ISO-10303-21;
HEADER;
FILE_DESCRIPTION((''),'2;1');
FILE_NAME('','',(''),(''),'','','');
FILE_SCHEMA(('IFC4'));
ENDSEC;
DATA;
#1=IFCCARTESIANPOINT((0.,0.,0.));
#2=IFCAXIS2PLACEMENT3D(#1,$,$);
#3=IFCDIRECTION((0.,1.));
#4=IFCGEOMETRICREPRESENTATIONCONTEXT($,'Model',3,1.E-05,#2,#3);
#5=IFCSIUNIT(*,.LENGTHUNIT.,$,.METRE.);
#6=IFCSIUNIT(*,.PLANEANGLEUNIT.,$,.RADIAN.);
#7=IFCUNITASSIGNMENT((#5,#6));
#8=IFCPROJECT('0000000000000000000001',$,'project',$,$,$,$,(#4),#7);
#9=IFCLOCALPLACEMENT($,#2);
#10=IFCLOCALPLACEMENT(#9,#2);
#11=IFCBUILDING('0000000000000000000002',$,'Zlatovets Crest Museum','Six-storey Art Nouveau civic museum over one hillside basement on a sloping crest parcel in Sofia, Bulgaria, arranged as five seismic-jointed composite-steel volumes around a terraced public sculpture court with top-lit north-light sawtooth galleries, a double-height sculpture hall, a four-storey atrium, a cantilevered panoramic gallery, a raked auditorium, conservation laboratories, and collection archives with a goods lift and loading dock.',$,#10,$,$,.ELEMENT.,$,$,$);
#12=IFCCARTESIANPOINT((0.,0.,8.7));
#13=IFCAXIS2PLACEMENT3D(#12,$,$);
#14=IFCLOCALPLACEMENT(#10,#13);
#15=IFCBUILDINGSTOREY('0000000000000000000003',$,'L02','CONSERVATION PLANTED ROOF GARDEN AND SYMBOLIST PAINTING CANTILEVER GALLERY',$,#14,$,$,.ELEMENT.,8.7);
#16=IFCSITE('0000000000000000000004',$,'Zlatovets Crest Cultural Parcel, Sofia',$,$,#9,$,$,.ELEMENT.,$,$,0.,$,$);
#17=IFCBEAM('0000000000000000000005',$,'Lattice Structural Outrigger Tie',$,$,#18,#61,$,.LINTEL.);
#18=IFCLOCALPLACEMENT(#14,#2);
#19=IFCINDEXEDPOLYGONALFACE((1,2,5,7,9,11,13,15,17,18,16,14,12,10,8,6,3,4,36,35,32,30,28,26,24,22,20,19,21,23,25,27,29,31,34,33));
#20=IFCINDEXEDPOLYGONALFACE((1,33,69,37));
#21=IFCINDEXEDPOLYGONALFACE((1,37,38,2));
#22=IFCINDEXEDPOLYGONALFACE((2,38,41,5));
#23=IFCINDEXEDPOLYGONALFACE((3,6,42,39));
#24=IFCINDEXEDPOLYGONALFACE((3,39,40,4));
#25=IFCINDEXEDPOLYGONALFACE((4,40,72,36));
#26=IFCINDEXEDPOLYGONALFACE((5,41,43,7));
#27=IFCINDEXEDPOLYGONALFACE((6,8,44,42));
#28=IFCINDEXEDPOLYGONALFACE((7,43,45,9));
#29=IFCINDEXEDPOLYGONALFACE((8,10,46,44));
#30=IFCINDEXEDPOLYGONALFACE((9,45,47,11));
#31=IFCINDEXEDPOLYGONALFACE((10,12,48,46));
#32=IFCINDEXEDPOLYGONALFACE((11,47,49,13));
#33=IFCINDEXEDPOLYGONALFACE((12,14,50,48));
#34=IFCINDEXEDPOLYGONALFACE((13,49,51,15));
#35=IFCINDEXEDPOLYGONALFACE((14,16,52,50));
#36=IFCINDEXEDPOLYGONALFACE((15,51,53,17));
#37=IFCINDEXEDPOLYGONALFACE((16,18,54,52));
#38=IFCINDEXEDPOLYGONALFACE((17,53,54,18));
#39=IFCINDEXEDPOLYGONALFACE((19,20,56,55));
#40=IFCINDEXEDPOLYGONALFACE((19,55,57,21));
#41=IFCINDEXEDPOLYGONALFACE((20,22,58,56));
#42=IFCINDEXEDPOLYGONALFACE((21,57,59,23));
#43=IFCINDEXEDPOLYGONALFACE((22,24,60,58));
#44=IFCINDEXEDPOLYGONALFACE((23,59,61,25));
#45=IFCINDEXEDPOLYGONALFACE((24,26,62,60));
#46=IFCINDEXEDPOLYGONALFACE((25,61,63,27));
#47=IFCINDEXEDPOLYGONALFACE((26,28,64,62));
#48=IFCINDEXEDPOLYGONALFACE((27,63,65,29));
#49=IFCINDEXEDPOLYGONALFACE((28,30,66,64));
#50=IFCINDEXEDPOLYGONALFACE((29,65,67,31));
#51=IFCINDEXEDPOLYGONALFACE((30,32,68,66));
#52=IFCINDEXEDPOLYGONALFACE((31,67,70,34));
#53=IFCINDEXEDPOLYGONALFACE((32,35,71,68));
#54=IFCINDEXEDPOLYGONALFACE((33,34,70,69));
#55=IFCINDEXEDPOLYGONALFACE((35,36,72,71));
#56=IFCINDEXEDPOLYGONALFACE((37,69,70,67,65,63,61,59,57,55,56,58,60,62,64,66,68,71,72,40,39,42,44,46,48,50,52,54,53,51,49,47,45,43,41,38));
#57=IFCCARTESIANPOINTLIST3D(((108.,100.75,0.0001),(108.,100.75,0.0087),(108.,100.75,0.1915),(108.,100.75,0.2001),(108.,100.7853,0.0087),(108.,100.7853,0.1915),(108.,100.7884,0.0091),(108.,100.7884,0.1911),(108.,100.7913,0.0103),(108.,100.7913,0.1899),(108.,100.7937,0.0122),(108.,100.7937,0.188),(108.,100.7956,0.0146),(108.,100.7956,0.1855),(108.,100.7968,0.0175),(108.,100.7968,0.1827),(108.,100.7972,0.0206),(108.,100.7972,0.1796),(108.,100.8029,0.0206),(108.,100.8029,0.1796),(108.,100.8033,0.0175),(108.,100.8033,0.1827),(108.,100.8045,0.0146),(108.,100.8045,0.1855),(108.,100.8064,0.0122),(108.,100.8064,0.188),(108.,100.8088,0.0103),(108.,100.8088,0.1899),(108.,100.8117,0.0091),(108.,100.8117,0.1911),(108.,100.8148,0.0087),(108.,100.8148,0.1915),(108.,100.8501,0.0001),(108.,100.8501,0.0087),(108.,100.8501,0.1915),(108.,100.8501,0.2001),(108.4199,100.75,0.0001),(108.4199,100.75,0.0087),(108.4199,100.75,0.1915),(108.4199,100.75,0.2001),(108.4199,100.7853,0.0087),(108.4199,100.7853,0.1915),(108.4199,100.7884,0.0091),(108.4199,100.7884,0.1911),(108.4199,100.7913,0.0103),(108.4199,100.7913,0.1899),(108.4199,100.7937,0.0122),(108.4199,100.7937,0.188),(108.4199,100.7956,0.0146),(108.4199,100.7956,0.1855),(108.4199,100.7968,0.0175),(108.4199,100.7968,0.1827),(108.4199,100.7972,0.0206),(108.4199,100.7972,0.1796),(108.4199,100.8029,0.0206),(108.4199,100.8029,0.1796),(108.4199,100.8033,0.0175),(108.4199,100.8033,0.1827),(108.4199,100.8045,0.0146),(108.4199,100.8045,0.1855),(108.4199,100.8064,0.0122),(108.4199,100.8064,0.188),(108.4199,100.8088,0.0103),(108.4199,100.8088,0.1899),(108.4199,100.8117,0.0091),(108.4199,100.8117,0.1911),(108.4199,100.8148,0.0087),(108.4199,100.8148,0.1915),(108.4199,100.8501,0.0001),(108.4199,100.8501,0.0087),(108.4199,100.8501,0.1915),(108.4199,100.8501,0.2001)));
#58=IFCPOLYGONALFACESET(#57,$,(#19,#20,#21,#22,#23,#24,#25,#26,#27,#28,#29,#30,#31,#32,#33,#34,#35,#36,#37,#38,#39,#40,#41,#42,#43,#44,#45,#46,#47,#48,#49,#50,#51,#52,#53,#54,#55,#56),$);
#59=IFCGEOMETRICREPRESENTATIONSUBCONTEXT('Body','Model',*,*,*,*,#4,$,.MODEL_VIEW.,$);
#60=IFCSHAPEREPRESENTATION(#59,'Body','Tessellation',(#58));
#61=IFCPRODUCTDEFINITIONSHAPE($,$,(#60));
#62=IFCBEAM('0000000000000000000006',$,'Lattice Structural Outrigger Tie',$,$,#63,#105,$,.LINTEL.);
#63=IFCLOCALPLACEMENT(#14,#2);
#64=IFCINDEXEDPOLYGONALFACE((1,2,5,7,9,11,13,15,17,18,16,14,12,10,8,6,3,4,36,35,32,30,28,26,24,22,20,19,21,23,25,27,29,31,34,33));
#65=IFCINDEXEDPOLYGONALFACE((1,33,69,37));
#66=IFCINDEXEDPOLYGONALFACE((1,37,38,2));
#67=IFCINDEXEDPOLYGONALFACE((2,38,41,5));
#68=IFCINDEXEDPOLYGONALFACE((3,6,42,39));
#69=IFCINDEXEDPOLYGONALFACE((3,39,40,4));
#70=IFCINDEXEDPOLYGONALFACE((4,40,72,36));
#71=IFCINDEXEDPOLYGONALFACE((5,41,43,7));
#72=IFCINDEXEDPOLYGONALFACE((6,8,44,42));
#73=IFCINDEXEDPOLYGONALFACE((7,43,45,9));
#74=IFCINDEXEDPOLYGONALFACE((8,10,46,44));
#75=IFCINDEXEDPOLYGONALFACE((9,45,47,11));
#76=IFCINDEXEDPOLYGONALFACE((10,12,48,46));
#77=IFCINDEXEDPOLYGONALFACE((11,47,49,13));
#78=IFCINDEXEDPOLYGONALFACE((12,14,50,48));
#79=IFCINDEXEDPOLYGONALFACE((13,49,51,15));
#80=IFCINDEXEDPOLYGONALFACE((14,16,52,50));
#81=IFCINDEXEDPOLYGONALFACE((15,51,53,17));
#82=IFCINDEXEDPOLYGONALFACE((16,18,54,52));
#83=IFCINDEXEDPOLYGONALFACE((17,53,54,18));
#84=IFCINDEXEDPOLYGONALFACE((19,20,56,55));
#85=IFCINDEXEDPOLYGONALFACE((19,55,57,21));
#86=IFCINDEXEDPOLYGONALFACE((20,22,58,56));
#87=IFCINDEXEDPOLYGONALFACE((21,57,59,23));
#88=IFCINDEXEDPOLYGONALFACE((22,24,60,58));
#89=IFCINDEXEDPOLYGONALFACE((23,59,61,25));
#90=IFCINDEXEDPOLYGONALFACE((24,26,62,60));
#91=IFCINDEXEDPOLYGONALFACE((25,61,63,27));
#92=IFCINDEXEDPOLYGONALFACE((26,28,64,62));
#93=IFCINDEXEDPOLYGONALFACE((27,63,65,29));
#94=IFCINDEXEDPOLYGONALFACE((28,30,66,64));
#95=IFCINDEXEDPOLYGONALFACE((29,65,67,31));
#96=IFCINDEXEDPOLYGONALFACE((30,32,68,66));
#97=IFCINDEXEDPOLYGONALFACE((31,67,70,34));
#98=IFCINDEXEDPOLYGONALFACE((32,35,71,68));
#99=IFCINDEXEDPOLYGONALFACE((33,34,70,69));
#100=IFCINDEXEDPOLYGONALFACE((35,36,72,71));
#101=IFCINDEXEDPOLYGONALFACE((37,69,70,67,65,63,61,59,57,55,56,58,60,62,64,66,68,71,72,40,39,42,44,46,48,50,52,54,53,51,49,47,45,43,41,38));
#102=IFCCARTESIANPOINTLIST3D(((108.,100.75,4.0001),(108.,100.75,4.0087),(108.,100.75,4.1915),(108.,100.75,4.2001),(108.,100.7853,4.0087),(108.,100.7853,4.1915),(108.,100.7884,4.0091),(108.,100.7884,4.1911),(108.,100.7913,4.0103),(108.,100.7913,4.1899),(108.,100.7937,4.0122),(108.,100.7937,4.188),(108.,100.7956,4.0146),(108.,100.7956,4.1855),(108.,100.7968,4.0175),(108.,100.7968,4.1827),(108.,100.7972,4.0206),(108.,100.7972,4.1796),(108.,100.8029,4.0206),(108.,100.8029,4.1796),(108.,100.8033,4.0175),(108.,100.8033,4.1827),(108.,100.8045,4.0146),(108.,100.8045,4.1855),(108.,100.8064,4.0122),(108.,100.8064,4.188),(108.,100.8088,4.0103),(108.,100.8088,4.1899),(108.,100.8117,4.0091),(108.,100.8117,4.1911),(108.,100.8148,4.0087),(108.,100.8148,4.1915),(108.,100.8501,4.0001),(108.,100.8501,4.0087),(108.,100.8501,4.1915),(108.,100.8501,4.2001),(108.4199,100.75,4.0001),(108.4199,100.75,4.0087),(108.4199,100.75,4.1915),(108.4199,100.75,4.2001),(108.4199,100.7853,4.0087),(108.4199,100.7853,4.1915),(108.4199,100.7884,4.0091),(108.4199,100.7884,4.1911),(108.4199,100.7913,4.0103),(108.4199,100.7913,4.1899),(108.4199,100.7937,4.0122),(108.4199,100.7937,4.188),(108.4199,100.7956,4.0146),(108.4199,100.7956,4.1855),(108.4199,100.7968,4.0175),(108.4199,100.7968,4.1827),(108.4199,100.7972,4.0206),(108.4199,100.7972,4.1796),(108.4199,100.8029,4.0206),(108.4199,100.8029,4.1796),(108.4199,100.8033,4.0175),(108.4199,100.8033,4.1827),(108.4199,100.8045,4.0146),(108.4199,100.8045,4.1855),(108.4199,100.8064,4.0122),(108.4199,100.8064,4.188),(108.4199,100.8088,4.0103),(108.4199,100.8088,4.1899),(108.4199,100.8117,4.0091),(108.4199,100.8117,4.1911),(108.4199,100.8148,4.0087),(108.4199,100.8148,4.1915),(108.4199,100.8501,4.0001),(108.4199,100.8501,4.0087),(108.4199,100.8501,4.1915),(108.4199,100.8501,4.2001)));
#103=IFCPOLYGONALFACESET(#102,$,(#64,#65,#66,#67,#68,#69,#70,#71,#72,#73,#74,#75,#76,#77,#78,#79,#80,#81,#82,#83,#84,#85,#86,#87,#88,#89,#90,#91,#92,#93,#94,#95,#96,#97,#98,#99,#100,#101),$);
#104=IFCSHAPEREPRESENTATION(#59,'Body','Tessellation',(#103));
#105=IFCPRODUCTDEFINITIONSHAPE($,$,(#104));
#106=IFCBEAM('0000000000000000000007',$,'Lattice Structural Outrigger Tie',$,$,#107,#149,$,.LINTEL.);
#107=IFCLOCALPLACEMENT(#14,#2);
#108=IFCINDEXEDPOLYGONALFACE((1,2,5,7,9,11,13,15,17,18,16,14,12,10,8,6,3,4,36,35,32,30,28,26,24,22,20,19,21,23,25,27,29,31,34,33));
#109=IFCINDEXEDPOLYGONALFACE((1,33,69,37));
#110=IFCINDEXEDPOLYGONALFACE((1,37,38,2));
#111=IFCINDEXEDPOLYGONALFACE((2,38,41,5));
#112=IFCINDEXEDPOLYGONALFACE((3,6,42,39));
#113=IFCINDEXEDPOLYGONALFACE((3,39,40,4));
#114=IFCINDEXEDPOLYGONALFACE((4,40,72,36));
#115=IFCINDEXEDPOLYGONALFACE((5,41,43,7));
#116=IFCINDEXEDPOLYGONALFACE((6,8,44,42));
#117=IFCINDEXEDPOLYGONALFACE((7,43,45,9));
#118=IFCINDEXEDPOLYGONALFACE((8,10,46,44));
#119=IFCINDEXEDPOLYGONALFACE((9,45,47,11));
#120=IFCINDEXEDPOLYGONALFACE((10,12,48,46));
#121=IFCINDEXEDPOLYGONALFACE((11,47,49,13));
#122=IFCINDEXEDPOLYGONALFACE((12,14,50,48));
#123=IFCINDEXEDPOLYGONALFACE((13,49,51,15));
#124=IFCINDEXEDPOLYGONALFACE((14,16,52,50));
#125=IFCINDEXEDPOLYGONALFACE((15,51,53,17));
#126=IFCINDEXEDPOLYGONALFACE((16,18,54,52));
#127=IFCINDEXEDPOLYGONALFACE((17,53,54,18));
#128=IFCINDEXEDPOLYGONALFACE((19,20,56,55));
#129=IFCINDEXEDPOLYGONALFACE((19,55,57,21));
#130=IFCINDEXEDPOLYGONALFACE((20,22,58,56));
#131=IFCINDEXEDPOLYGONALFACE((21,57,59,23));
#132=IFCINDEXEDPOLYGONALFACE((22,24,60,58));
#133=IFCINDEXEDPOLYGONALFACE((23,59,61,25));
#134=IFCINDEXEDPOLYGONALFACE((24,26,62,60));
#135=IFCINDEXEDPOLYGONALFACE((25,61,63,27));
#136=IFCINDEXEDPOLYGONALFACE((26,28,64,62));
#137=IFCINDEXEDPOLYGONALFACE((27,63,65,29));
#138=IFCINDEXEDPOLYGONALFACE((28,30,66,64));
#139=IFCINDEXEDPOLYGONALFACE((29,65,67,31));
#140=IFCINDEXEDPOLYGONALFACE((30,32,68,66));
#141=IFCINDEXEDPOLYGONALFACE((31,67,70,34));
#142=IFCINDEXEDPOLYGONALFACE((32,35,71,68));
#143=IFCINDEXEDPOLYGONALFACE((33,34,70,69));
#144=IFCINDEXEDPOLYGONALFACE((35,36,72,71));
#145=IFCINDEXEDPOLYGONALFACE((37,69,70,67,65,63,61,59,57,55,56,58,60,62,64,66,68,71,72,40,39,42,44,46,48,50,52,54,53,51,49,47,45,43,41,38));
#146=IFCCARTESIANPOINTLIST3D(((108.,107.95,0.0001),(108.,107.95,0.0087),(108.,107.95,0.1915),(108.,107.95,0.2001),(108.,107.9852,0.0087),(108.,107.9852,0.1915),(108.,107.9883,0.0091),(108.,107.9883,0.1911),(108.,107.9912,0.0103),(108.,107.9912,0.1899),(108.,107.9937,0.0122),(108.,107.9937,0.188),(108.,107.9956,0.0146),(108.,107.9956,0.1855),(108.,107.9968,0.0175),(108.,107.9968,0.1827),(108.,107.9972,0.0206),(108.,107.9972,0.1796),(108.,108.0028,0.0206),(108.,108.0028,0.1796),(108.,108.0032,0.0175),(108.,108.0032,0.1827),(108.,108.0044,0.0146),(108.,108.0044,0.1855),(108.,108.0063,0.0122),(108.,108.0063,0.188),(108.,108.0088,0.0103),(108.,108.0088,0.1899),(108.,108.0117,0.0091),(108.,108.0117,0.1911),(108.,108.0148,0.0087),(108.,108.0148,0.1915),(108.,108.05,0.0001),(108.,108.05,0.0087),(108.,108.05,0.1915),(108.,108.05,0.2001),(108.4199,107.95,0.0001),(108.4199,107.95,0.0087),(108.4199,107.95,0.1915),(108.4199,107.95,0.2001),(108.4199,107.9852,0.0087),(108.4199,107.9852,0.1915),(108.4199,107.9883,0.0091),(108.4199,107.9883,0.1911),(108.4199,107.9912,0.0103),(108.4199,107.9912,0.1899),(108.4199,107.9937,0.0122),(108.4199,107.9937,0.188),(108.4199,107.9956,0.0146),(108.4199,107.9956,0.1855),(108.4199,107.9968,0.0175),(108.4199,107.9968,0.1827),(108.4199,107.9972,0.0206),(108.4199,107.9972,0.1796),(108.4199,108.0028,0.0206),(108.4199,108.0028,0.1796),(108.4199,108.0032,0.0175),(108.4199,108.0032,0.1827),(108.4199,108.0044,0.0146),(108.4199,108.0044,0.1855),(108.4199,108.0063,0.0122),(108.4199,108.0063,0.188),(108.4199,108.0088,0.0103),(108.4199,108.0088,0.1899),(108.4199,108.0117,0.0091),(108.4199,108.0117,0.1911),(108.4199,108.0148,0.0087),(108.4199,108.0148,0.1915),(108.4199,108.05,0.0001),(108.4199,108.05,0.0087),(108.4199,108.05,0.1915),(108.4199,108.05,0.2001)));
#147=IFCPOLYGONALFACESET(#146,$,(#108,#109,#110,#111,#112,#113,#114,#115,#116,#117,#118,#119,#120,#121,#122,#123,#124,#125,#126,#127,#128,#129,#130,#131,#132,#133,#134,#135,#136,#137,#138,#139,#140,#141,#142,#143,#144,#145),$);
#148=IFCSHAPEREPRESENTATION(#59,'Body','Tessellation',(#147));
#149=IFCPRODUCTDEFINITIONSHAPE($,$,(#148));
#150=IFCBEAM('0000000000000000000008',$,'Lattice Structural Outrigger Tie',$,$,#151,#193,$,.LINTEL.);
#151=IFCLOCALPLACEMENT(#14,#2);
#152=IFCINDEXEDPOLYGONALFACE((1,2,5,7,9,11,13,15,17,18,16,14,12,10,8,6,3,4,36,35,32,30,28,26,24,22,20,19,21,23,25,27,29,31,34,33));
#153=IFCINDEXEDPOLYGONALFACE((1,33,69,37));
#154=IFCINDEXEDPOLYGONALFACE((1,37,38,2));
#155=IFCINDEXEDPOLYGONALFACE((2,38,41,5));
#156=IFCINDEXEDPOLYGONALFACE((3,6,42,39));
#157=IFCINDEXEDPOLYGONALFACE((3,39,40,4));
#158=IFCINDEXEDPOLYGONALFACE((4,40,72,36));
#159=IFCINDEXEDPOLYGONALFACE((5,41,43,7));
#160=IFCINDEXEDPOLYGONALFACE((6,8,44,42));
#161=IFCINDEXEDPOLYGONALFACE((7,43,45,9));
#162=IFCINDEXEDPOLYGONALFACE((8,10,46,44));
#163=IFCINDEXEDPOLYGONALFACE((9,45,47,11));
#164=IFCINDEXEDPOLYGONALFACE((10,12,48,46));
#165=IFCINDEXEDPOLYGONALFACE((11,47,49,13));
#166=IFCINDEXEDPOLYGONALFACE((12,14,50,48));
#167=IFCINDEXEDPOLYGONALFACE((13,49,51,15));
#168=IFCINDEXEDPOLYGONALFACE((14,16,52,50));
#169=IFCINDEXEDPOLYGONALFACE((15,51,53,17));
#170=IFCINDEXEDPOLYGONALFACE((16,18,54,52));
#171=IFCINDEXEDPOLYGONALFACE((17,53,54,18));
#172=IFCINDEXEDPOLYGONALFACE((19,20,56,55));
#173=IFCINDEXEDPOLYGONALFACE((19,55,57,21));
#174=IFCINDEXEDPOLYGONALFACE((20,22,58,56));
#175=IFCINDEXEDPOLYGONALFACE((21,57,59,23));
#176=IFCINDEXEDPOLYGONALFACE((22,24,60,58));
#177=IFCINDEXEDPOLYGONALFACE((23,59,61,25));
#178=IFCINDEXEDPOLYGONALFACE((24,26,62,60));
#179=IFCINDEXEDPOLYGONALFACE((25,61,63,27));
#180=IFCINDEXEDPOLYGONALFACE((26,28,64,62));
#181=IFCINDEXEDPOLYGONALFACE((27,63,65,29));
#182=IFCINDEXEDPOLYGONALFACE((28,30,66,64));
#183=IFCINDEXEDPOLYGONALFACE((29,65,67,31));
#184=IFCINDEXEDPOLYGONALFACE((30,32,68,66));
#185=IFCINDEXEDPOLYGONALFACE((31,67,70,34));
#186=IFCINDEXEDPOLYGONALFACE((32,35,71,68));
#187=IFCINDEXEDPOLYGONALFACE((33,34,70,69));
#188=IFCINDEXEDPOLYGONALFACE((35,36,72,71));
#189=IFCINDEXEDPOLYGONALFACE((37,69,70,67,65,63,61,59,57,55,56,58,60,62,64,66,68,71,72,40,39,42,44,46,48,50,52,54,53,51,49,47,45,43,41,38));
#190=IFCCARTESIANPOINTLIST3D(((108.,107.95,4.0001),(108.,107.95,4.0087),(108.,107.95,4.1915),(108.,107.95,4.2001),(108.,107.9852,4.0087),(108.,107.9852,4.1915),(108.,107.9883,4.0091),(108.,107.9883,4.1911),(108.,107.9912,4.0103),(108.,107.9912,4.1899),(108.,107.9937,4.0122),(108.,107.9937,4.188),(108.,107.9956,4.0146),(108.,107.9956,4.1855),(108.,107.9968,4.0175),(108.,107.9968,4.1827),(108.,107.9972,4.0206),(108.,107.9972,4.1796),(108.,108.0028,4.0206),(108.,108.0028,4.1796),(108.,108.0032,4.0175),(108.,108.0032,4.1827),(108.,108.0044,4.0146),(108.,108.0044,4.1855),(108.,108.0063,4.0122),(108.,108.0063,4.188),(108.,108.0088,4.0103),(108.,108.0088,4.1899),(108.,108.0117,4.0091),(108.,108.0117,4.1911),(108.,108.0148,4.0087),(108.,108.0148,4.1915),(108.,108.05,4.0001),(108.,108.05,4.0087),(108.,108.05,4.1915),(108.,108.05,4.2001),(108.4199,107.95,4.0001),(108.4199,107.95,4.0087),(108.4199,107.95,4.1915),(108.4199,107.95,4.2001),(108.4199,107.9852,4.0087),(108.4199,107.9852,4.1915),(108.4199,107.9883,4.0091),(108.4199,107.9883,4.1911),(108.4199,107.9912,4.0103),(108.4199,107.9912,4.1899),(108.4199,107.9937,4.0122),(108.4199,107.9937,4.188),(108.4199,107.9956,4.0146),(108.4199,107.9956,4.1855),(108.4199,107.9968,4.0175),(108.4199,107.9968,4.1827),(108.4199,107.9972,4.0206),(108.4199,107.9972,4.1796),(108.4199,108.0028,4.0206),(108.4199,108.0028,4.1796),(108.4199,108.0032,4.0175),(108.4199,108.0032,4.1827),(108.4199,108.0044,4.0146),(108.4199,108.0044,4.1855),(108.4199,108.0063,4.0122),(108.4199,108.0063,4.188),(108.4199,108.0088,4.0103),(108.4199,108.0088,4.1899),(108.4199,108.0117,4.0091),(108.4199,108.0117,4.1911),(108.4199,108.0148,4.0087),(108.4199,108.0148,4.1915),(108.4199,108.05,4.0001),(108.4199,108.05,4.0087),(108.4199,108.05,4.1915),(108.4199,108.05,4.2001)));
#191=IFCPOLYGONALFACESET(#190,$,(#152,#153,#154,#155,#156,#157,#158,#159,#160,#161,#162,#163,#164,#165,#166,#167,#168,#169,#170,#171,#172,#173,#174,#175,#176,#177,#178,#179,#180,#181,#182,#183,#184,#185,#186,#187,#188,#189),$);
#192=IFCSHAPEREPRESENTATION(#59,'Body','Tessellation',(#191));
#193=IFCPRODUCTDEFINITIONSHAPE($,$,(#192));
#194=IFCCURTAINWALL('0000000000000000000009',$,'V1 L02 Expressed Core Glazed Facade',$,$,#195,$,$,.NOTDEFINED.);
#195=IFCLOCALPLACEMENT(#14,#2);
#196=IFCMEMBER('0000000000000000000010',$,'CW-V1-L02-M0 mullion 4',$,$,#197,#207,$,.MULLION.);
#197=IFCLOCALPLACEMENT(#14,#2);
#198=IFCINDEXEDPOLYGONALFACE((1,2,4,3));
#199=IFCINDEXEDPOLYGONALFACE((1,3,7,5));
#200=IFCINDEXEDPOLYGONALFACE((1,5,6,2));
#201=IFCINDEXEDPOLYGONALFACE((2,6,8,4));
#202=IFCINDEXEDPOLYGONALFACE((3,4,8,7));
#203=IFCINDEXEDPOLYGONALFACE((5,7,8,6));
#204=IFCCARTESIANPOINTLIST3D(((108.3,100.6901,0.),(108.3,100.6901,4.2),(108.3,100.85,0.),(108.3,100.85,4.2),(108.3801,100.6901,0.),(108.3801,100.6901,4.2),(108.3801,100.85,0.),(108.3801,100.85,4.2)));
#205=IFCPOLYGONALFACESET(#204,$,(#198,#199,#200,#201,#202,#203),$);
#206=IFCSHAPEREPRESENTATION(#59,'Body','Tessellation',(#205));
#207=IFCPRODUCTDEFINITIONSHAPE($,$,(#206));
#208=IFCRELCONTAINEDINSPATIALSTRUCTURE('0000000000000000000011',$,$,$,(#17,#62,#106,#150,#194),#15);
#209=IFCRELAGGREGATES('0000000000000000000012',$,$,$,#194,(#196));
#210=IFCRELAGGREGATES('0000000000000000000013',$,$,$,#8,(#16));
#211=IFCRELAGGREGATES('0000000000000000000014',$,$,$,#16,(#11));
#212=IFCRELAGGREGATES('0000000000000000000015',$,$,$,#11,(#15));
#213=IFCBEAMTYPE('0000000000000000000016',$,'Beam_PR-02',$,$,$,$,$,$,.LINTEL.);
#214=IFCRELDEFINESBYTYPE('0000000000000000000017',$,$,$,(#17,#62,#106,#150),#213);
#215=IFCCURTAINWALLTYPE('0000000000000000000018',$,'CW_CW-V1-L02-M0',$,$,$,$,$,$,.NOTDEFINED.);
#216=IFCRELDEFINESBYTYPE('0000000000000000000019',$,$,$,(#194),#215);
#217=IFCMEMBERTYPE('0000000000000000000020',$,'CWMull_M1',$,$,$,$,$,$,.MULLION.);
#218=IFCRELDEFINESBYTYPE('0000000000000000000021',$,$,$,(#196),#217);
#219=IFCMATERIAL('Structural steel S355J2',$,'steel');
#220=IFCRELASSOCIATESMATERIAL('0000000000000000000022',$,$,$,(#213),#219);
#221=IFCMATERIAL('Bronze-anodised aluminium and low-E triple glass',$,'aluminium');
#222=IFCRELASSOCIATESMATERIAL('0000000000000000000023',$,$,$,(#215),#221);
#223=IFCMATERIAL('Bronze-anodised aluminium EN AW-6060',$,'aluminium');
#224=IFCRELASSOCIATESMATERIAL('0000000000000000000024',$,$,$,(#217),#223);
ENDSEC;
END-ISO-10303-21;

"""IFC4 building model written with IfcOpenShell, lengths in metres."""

from ifc_helpers import new_model, si_unit, direction, frame, origin, origin_2d, place, context, subcontext, project, spatial, rectangle, i_section, extrude, material, material_profile, profile_set, type_object, element, aggregate, save


model = new_model("IFC4")

# Units and contexts
model_context = context("Model", 3, precision=1e-05, world=origin(), true_north=direction((0.0, 1.0)))
body_context = subcontext(model_context, "Body", "Model", "MODEL_VIEW")
ifc_project = project(units=[si_unit("LENGTHUNIT", "METRE"), si_unit("PLANEANGLEUNIT", "RADIAN")], contexts=[model_context])

# Site, building, storey
site_placement = place(None, origin())
site = spatial("IfcSite", under=ifc_project, at=site_placement, Name="Zlatovets Crest Cultural Parcel, Sofia", CompositionType="ELEMENT", RefElevation=0.0)
building_placement = place(site_placement, origin())
building = spatial("IfcBuilding", under=site, at=building_placement, Name="Zlatovets Crest Museum", Description="Six-storey Art Nouveau civic museum over one hillside basement on a sloping crest parcel in Sofia, Bulgaria, arranged as five seismic-jointed composite-steel volumes around a terraced public sculpture court with top-lit north-light sawtooth galleries, a double-height sculpture hall, a four-storey atrium, a cantilevered panoramic gallery, a raked auditorium, conservation laboratories, and collection archives with a goods lift and loading dock.", CompositionType="ELEMENT")
storey_placement = place(building_placement, frame((0.0, 0.0, 8.7)))
storey = spatial("IfcBuildingStorey", under=building, at=storey_placement, Name="L02", Description="CONSERVATION PLANTED ROOF GARDEN AND SYMBOLIST PAINTING CANTILEVER GALLERY", CompositionType="ELEMENT", Elevation=8.7)

# Shared definitions
ifc_material_1 = material(Name="Structural steel S355J2", Category="steel")

# Beams
ifc_material_profile_1 = material_profile(ifc_material_1, i_section(OverallWidth=0.1001, OverallDepth=0.2, WebThickness=0.0056, FlangeThickness=0.0085, FilletRadius=0.012, at=origin_2d()), Name="IPE 200")
ifc_profile_set_1 = profile_set([ifc_material_profile_1], Name="Structural steel S355J2")
beam_type_1 = type_object("IfcBeamType", Name="Beam_PR-02", PredefinedType="LINTEL", material=ifc_profile_set_1)
for number, where, z_axis, x_axis, name in (
    (1, (108.0, 100.8, 0.1001), (1.0, 0.0, 0.0), (0.0, 1.0, 0.0), "Lattice Structural Outrigger Tie"),
    (2, (108.0, 100.8, 4.1001), (1.0, 0.0, 0.0), (0.0, 1.0, 0.0), "Lattice Structural Outrigger Tie"),
    (3, (108.0, 108.0, 0.1001), (1.0, 0.0, 0.0), (0.0, 1.0, 0.0), "Lattice Structural Outrigger Tie"),
    (4, (108.0, 108.0, 4.1001), (1.0, 0.0, 0.0), (0.0, 1.0, 0.0), "Lattice Structural Outrigger Tie"),
):
    element("IfcBeam", number, at=place(storey_placement, frame(where, z_axis=z_axis, x_axis=x_axis)), inside=storey, type_object=beam_type_1, Name=name, PredefinedType="LINTEL", context=body_context, shape_type="SweptSolid", body=[
        extrude(i_section(OverallWidth=0.1001, OverallDepth=0.2, WebThickness=0.0056, FlangeThickness=0.0085, FilletRadius=0.012, at=origin_2d()), origin(), (0.0, 0.0, 1.0), 0.4199),
    ])

# Curtain wall, member
ifc_material_2 = material(Name="Bronze-anodised aluminium and low-E triple glass", Category="aluminium")
curtain_wall_type_1 = type_object("IfcCurtainWallType", Name="CW_CW-V1-L02-M0", PredefinedType="NOTDEFINED", material=ifc_material_2)
curtain_wall_1_placement = place(storey_placement, origin())
curtain_wall_1 = element("IfcCurtainWall", 5, at=curtain_wall_1_placement, inside=storey, type_object=curtain_wall_type_1, Name="V1 L02 Expressed Core Glazed Facade", PredefinedType="NOTDEFINED")
ifc_material_3 = material(Name="Bronze-anodised aluminium EN AW-6060", Category="aluminium")
ifc_material_profile_2 = material_profile(ifc_material_3, rectangle(XDim=0.0801, YDim=0.1599, at=origin_2d()), Name="ALU 80x160")
ifc_profile_set_2 = profile_set([ifc_material_profile_2], Name="Bronze-anodised aluminium EN AW-6060")
member_type_1 = type_object("IfcMemberType", Name="CWMull_M1", PredefinedType="MULLION", material=ifc_profile_set_2)
member_1_placement = place(storey_placement, frame((108.3401, 100.77, 0.0), z_axis=(0.0, 0.0, 1.0), x_axis=(-1.0, 0.0, 0.0)))
member_1 = element("IfcMember", 6, at=member_1_placement, type_object=member_type_1, Name="CW-V1-L02-M0 mullion 4", PredefinedType="MULLION", context=body_context, shape_type="SweptSolid", body=[
    extrude(rectangle(XDim=0.0801, YDim=0.1599, at=origin_2d()), origin(), (0.0, 0.0, 1.0), 4.2),
])

aggregate(curtain_wall_1, [member_1])

save(model, "model.ifc")
